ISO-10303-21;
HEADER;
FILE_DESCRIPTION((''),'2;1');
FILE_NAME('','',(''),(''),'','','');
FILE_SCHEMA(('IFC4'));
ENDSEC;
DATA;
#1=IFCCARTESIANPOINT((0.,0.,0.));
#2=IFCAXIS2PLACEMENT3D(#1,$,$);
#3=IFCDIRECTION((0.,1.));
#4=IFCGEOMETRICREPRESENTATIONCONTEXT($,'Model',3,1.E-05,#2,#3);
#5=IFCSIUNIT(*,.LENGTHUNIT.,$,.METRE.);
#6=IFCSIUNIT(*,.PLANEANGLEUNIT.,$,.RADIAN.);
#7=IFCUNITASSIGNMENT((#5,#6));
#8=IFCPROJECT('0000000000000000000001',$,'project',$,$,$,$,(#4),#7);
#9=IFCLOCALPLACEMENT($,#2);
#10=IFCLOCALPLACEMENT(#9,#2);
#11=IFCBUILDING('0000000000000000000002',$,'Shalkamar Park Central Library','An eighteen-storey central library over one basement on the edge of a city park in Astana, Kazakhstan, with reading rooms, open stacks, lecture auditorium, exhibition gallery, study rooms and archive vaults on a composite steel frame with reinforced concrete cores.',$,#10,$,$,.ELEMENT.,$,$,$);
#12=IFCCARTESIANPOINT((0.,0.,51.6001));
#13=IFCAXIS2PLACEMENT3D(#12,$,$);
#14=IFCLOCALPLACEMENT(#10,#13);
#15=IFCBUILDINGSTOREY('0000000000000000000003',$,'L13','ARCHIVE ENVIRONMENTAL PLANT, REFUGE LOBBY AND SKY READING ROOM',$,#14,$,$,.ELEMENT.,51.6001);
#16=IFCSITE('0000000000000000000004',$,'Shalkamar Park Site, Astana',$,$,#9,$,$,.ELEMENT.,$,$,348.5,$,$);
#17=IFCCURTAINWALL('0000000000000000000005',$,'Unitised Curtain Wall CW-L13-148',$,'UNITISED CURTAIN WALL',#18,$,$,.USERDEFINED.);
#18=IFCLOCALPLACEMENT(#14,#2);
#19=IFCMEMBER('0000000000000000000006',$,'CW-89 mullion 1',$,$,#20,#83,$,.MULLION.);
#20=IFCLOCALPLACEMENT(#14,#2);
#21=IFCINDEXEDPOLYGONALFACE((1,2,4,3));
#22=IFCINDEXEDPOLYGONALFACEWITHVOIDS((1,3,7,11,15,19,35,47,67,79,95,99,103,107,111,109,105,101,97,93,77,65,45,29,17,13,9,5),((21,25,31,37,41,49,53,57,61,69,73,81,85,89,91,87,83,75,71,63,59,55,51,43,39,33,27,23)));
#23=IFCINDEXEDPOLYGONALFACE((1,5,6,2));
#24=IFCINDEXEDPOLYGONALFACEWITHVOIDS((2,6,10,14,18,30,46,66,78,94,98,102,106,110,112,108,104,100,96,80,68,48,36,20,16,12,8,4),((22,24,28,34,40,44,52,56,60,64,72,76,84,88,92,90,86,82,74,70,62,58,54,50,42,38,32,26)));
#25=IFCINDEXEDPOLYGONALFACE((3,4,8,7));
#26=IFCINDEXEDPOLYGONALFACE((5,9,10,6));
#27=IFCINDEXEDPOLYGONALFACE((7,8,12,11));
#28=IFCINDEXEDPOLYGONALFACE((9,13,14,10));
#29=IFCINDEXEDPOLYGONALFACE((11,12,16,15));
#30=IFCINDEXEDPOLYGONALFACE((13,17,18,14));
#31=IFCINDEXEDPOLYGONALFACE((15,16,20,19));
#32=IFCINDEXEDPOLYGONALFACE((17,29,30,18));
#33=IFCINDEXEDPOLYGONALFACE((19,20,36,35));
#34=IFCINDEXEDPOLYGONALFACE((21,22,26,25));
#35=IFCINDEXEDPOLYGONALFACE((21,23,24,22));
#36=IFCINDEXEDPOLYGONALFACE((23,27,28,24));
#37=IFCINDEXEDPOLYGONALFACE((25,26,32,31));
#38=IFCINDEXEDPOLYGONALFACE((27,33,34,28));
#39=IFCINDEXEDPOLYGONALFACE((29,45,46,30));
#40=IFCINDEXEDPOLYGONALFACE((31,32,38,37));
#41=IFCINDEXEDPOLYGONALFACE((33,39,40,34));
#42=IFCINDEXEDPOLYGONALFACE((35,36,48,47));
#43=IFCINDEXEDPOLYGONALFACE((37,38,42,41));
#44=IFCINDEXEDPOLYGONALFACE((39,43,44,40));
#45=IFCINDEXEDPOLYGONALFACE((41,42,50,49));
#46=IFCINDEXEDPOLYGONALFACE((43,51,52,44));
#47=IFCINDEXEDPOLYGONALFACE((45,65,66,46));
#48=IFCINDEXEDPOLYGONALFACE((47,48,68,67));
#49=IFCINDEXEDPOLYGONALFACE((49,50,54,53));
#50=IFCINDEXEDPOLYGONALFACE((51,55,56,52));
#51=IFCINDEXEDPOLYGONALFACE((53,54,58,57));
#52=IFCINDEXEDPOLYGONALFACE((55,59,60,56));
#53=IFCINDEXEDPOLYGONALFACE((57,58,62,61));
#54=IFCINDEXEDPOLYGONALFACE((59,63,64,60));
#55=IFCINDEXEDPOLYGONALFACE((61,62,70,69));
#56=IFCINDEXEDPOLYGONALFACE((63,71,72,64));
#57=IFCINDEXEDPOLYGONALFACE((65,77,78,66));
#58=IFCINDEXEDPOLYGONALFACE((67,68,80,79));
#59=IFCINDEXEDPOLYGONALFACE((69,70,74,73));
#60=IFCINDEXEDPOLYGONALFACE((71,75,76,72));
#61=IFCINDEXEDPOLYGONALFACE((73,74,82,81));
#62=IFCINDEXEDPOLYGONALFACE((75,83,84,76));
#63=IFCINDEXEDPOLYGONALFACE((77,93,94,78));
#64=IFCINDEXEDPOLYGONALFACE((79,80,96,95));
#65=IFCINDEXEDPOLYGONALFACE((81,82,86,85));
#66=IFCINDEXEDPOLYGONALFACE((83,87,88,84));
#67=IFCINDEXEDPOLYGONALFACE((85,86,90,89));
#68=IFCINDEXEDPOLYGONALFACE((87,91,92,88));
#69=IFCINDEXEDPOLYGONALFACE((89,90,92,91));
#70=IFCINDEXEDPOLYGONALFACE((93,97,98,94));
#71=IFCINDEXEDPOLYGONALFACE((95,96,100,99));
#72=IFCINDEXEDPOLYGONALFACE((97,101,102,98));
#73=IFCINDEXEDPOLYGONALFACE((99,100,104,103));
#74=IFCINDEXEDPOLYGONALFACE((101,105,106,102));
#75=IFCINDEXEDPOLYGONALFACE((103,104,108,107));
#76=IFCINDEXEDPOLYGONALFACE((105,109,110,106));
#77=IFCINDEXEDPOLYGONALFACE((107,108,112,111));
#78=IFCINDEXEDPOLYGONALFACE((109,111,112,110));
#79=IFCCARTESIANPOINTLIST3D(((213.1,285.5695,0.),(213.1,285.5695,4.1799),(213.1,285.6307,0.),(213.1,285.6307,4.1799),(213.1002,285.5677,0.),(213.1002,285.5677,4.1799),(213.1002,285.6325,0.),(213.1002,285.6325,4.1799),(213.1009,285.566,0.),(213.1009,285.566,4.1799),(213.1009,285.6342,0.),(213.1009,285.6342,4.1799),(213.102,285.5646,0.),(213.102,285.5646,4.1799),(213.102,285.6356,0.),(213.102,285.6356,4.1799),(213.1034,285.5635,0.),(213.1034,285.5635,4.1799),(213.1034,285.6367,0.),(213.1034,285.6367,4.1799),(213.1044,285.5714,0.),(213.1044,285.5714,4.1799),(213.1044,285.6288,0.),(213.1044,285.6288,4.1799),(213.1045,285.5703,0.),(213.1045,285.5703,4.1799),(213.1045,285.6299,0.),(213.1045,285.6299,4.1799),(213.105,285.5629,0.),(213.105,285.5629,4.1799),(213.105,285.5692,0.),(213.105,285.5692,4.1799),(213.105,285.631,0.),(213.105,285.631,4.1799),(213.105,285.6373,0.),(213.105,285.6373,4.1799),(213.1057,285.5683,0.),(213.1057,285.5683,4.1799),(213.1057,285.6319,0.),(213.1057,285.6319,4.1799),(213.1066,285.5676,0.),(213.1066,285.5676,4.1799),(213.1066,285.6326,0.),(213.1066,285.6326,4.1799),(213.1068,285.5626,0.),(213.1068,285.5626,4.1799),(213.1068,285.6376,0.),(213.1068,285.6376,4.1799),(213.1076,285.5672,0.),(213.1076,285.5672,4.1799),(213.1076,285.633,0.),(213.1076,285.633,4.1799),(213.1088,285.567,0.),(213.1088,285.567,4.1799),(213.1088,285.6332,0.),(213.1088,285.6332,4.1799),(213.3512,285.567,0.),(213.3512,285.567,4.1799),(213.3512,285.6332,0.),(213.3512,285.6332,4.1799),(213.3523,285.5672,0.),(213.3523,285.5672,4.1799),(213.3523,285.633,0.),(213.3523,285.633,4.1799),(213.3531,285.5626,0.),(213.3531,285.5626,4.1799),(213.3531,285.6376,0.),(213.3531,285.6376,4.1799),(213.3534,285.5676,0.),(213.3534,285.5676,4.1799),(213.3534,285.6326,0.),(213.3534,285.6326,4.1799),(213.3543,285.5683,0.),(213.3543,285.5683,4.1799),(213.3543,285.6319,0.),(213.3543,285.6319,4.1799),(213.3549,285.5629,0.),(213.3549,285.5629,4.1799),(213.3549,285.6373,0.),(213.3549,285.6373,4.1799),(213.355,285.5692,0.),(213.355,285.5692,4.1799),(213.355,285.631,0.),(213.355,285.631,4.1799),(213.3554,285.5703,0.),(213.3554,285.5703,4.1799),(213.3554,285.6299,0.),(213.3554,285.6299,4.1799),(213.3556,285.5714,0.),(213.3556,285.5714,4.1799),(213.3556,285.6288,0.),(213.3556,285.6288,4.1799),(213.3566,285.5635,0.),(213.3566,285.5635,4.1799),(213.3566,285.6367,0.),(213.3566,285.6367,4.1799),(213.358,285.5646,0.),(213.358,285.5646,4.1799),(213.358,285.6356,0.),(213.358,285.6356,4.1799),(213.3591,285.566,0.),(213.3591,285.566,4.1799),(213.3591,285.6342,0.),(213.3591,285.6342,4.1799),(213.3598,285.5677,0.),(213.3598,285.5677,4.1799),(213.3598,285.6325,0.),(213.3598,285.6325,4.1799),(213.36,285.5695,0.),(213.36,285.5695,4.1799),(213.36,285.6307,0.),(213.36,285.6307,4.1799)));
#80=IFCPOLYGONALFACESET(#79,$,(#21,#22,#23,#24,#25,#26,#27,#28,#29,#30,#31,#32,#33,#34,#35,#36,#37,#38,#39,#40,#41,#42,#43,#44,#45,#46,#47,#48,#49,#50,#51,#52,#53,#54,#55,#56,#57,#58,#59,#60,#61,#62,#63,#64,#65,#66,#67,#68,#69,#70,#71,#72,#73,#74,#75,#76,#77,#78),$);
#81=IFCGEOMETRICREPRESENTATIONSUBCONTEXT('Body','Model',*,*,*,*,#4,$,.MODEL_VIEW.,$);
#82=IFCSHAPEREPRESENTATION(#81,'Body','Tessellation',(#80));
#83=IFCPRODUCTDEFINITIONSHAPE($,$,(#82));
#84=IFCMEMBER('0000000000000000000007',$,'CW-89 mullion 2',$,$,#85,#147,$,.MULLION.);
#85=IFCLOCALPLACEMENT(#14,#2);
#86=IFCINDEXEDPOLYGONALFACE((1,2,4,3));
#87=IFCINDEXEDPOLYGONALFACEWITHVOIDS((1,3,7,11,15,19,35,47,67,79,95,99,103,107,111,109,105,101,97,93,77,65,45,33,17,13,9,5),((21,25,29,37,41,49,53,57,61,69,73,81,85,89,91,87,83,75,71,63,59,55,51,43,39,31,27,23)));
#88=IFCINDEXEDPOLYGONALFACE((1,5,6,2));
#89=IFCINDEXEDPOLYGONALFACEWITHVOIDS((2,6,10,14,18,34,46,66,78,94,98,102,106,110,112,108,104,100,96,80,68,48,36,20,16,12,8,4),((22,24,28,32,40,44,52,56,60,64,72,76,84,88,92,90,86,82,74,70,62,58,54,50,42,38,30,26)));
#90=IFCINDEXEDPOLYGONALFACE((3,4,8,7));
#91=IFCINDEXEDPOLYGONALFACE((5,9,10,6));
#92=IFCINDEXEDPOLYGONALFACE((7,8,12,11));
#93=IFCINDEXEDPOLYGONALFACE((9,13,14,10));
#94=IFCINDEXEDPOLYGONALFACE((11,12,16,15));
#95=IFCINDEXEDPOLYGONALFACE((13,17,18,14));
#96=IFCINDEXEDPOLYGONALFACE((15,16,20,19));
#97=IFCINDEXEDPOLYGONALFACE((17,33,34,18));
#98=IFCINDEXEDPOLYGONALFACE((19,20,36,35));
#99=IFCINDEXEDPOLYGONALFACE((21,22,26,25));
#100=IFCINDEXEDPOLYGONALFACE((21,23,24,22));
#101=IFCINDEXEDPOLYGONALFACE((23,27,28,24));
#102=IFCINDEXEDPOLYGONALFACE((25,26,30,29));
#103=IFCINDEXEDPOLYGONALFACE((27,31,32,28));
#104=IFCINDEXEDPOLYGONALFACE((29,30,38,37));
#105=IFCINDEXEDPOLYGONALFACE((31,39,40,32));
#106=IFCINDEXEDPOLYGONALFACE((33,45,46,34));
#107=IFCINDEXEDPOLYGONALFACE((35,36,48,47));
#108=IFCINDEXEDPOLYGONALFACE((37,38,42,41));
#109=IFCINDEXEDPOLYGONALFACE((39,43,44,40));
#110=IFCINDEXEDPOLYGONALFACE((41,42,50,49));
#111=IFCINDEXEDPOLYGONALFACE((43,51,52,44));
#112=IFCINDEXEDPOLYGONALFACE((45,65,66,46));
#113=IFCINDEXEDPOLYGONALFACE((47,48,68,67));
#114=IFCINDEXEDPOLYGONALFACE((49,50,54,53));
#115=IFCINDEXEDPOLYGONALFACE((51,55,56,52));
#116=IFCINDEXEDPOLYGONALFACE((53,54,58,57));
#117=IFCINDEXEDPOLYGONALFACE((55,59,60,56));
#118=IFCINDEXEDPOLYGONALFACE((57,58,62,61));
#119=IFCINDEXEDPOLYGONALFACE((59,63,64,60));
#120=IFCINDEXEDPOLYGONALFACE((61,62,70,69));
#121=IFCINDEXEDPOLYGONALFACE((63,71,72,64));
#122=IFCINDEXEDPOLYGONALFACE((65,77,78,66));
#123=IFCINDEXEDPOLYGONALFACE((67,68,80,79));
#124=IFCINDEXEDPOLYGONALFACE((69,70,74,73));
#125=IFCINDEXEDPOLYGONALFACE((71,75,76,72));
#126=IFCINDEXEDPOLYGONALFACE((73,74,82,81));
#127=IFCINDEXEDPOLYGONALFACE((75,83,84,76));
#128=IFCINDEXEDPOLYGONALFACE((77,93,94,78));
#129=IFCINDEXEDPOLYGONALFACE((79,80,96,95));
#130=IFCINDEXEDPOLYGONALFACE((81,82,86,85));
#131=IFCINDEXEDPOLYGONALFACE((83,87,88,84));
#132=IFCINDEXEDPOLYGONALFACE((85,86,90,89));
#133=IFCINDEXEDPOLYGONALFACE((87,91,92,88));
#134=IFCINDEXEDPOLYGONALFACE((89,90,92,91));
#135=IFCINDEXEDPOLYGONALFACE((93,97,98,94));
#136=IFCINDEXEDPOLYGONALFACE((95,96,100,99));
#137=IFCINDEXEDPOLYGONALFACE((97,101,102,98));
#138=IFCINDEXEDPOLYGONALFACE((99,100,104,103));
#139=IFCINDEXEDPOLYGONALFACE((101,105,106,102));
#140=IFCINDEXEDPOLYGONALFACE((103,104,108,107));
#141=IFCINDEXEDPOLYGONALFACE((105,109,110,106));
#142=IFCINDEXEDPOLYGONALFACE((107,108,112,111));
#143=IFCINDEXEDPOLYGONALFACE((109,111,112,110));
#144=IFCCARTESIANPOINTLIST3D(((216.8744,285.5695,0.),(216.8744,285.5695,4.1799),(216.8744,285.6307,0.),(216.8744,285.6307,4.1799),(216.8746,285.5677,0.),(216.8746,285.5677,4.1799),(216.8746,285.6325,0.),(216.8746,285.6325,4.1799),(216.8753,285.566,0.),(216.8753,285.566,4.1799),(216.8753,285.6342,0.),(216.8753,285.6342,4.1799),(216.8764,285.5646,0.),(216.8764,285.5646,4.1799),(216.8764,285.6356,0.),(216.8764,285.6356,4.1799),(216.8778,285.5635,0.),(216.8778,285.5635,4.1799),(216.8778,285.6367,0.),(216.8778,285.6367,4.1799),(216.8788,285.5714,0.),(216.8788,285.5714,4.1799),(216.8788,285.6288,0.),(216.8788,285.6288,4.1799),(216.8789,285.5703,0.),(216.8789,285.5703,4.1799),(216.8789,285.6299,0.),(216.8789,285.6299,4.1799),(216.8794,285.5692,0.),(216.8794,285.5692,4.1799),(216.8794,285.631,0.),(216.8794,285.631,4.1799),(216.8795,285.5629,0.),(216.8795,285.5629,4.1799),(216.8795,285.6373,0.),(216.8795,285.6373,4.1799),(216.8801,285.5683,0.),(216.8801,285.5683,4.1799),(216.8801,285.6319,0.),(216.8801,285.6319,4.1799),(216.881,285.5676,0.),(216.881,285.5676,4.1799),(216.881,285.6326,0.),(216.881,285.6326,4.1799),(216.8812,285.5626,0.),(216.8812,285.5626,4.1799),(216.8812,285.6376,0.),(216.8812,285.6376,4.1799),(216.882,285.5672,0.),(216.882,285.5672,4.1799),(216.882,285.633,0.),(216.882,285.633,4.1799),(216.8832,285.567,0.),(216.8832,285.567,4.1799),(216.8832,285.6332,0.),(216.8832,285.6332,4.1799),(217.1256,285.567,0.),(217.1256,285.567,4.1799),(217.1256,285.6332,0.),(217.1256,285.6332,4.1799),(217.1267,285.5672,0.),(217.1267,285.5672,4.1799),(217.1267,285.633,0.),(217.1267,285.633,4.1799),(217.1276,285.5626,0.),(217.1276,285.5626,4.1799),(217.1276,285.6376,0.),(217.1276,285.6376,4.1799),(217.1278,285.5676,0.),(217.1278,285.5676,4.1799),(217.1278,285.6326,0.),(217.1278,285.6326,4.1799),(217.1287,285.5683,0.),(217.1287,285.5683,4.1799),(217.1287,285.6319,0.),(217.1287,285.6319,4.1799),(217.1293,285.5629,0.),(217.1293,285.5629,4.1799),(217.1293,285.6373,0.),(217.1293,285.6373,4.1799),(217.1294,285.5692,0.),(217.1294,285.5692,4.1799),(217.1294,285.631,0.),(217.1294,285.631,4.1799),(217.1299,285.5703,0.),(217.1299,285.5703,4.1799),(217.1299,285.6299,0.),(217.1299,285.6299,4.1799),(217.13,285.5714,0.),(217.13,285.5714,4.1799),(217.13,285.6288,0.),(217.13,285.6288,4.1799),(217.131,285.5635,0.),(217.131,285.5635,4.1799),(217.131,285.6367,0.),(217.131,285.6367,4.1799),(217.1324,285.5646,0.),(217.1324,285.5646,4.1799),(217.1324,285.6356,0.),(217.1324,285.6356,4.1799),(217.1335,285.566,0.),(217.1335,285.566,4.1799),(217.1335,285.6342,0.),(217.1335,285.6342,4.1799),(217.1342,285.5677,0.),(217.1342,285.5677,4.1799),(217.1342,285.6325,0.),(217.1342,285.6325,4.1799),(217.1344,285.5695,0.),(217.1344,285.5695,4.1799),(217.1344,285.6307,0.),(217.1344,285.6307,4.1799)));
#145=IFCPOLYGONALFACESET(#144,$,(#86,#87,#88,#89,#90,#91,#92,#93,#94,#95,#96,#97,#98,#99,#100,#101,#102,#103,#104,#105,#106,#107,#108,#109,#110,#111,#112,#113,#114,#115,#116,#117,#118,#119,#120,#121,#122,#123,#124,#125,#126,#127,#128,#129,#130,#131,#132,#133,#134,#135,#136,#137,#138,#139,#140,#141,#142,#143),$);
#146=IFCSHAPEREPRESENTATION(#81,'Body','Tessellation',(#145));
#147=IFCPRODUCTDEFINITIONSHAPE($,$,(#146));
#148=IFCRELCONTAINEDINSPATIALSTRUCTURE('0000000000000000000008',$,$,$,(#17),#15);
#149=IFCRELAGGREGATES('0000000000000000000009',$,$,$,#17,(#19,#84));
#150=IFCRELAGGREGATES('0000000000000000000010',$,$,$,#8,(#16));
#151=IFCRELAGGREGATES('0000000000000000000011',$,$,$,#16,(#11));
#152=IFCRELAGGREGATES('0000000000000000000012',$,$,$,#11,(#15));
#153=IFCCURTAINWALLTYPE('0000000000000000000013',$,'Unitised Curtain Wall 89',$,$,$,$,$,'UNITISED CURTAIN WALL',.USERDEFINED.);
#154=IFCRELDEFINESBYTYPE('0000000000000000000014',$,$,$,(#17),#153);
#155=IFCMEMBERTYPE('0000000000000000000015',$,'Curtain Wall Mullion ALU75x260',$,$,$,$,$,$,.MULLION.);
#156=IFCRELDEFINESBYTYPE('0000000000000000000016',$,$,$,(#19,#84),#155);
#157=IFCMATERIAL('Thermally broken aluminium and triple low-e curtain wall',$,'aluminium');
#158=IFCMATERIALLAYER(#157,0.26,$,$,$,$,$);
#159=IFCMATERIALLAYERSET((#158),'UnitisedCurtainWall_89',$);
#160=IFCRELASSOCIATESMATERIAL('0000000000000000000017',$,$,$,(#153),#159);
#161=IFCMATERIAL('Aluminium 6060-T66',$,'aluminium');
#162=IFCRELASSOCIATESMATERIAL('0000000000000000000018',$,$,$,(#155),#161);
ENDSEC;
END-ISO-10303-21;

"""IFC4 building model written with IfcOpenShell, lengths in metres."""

from ifc_helpers import new_model, si_unit, direction, frame, origin, origin_2d, place, context, subcontext, project, spatial, hollow_rectangle, extrude, material, layer, layer_set, material_profile, profile_set, type_object, element, aggregate, save


model = new_model("IFC4")

# Units and contexts
model_context = context("Model", 3, precision=1e-05, world=origin(), true_north=direction((0.0, 1.0)))
body_context = subcontext(model_context, "Body", "Model", "MODEL_VIEW")
ifc_project = project(units=[si_unit("LENGTHUNIT", "METRE"), si_unit("PLANEANGLEUNIT", "RADIAN")], contexts=[model_context])

# Site, building, storey
site_placement = place(None, origin())
site = spatial("IfcSite", under=ifc_project, at=site_placement, Name="Shalkamar Park Site, Astana", CompositionType="ELEMENT", RefElevation=348.5)
building_placement = place(site_placement, origin())
building = spatial("IfcBuilding", under=site, at=building_placement, Name="Shalkamar Park Central Library", Description="An eighteen-storey central library over one basement on the edge of a city park in Astana, Kazakhstan, with reading rooms, open stacks, lecture auditorium, exhibition gallery, study rooms and archive vaults on a composite steel frame with reinforced concrete cores.", CompositionType="ELEMENT")
storey_placement = place(building_placement, frame((0.0, 0.0, 51.6001)))
storey = spatial("IfcBuildingStorey", under=building, at=storey_placement, Name="L13", Description="ARCHIVE ENVIRONMENTAL PLANT, REFUGE LOBBY AND SKY READING ROOM", CompositionType="ELEMENT", Elevation=51.6001)

# Shared definitions
ifc_material_1 = material(Name="Thermally broken aluminium and triple low-e curtain wall", Category="aluminium")
ifc_material_2 = material(Name="Aluminium 6060-T66", Category="aluminium")

# Curtain wall, members
ifc_layer_1 = layer(ifc_material_1, 0.26)
ifc_layer_set_1 = layer_set([ifc_layer_1], Name="UnitisedCurtainWall_89")
curtain_wall_type_1 = type_object("IfcCurtainWallType", Name="Unitised Curtain Wall 89", ElementType="UNITISED CURTAIN WALL", PredefinedType="USERDEFINED", material=ifc_layer_set_1)
curtain_wall_1_placement = place(storey_placement, origin())
curtain_wall_1 = element("IfcCurtainWall", 1, at=curtain_wall_1_placement, inside=storey, type_object=curtain_wall_type_1, Name="Unitised Curtain Wall CW-L13-148", ObjectType="UNITISED CURTAIN WALL", PredefinedType="USERDEFINED")
ifc_material_profile_1 = material_profile(ifc_material_2, hollow_rectangle(XDim=0.075, YDim=0.26, WallThickness=0.0044, InnerFilletRadius=0.0044, OuterFilletRadius=0.0068, at=origin_2d()), Name="ALU 75x260x4.5")
ifc_profile_set_1 = profile_set([ifc_material_profile_1], Name="Aluminium 6060-T66")
member_type_1 = type_object("IfcMemberType", Name="Curtain Wall Mullion ALU75x260", PredefinedType="MULLION", material=ifc_profile_set_1)
member_1_placement = place(storey_placement, frame((213.23, 285.6001, 0.0), z_axis=(0.0, 0.0, 1.0), x_axis=(0.0, 1.0, 0.0)))
member_1 = element("IfcMember", 2, at=member_1_placement, type_object=member_type_1, Name="CW-89 mullion 1", PredefinedType="MULLION", context=body_context, shape_type="SweptSolid", body=[
    extrude(hollow_rectangle(XDim=0.075, YDim=0.26, WallThickness=0.0044, InnerFilletRadius=0.0044, OuterFilletRadius=0.0068, at=origin_2d()), origin(), (0.0, 0.0, 1.0), 4.1799),
])
member_2_placement = place(storey_placement, frame((217.0044, 285.6001, 0.0), z_axis=(0.0, 0.0, 1.0), x_axis=(0.0, 1.0, 0.0)))
member_2 = element("IfcMember", 3, at=member_2_placement, type_object=member_type_1, Name="CW-89 mullion 2", PredefinedType="MULLION", context=body_context, shape_type="SweptSolid", body=[
    extrude(hollow_rectangle(XDim=0.075, YDim=0.26, WallThickness=0.0044, InnerFilletRadius=0.0044, OuterFilletRadius=0.0068, at=origin_2d()), origin(), (0.0, 0.0, 1.0), 4.1799),
])

aggregate(curtain_wall_1, [member_1, member_2])

save(model, "model.ifc")
